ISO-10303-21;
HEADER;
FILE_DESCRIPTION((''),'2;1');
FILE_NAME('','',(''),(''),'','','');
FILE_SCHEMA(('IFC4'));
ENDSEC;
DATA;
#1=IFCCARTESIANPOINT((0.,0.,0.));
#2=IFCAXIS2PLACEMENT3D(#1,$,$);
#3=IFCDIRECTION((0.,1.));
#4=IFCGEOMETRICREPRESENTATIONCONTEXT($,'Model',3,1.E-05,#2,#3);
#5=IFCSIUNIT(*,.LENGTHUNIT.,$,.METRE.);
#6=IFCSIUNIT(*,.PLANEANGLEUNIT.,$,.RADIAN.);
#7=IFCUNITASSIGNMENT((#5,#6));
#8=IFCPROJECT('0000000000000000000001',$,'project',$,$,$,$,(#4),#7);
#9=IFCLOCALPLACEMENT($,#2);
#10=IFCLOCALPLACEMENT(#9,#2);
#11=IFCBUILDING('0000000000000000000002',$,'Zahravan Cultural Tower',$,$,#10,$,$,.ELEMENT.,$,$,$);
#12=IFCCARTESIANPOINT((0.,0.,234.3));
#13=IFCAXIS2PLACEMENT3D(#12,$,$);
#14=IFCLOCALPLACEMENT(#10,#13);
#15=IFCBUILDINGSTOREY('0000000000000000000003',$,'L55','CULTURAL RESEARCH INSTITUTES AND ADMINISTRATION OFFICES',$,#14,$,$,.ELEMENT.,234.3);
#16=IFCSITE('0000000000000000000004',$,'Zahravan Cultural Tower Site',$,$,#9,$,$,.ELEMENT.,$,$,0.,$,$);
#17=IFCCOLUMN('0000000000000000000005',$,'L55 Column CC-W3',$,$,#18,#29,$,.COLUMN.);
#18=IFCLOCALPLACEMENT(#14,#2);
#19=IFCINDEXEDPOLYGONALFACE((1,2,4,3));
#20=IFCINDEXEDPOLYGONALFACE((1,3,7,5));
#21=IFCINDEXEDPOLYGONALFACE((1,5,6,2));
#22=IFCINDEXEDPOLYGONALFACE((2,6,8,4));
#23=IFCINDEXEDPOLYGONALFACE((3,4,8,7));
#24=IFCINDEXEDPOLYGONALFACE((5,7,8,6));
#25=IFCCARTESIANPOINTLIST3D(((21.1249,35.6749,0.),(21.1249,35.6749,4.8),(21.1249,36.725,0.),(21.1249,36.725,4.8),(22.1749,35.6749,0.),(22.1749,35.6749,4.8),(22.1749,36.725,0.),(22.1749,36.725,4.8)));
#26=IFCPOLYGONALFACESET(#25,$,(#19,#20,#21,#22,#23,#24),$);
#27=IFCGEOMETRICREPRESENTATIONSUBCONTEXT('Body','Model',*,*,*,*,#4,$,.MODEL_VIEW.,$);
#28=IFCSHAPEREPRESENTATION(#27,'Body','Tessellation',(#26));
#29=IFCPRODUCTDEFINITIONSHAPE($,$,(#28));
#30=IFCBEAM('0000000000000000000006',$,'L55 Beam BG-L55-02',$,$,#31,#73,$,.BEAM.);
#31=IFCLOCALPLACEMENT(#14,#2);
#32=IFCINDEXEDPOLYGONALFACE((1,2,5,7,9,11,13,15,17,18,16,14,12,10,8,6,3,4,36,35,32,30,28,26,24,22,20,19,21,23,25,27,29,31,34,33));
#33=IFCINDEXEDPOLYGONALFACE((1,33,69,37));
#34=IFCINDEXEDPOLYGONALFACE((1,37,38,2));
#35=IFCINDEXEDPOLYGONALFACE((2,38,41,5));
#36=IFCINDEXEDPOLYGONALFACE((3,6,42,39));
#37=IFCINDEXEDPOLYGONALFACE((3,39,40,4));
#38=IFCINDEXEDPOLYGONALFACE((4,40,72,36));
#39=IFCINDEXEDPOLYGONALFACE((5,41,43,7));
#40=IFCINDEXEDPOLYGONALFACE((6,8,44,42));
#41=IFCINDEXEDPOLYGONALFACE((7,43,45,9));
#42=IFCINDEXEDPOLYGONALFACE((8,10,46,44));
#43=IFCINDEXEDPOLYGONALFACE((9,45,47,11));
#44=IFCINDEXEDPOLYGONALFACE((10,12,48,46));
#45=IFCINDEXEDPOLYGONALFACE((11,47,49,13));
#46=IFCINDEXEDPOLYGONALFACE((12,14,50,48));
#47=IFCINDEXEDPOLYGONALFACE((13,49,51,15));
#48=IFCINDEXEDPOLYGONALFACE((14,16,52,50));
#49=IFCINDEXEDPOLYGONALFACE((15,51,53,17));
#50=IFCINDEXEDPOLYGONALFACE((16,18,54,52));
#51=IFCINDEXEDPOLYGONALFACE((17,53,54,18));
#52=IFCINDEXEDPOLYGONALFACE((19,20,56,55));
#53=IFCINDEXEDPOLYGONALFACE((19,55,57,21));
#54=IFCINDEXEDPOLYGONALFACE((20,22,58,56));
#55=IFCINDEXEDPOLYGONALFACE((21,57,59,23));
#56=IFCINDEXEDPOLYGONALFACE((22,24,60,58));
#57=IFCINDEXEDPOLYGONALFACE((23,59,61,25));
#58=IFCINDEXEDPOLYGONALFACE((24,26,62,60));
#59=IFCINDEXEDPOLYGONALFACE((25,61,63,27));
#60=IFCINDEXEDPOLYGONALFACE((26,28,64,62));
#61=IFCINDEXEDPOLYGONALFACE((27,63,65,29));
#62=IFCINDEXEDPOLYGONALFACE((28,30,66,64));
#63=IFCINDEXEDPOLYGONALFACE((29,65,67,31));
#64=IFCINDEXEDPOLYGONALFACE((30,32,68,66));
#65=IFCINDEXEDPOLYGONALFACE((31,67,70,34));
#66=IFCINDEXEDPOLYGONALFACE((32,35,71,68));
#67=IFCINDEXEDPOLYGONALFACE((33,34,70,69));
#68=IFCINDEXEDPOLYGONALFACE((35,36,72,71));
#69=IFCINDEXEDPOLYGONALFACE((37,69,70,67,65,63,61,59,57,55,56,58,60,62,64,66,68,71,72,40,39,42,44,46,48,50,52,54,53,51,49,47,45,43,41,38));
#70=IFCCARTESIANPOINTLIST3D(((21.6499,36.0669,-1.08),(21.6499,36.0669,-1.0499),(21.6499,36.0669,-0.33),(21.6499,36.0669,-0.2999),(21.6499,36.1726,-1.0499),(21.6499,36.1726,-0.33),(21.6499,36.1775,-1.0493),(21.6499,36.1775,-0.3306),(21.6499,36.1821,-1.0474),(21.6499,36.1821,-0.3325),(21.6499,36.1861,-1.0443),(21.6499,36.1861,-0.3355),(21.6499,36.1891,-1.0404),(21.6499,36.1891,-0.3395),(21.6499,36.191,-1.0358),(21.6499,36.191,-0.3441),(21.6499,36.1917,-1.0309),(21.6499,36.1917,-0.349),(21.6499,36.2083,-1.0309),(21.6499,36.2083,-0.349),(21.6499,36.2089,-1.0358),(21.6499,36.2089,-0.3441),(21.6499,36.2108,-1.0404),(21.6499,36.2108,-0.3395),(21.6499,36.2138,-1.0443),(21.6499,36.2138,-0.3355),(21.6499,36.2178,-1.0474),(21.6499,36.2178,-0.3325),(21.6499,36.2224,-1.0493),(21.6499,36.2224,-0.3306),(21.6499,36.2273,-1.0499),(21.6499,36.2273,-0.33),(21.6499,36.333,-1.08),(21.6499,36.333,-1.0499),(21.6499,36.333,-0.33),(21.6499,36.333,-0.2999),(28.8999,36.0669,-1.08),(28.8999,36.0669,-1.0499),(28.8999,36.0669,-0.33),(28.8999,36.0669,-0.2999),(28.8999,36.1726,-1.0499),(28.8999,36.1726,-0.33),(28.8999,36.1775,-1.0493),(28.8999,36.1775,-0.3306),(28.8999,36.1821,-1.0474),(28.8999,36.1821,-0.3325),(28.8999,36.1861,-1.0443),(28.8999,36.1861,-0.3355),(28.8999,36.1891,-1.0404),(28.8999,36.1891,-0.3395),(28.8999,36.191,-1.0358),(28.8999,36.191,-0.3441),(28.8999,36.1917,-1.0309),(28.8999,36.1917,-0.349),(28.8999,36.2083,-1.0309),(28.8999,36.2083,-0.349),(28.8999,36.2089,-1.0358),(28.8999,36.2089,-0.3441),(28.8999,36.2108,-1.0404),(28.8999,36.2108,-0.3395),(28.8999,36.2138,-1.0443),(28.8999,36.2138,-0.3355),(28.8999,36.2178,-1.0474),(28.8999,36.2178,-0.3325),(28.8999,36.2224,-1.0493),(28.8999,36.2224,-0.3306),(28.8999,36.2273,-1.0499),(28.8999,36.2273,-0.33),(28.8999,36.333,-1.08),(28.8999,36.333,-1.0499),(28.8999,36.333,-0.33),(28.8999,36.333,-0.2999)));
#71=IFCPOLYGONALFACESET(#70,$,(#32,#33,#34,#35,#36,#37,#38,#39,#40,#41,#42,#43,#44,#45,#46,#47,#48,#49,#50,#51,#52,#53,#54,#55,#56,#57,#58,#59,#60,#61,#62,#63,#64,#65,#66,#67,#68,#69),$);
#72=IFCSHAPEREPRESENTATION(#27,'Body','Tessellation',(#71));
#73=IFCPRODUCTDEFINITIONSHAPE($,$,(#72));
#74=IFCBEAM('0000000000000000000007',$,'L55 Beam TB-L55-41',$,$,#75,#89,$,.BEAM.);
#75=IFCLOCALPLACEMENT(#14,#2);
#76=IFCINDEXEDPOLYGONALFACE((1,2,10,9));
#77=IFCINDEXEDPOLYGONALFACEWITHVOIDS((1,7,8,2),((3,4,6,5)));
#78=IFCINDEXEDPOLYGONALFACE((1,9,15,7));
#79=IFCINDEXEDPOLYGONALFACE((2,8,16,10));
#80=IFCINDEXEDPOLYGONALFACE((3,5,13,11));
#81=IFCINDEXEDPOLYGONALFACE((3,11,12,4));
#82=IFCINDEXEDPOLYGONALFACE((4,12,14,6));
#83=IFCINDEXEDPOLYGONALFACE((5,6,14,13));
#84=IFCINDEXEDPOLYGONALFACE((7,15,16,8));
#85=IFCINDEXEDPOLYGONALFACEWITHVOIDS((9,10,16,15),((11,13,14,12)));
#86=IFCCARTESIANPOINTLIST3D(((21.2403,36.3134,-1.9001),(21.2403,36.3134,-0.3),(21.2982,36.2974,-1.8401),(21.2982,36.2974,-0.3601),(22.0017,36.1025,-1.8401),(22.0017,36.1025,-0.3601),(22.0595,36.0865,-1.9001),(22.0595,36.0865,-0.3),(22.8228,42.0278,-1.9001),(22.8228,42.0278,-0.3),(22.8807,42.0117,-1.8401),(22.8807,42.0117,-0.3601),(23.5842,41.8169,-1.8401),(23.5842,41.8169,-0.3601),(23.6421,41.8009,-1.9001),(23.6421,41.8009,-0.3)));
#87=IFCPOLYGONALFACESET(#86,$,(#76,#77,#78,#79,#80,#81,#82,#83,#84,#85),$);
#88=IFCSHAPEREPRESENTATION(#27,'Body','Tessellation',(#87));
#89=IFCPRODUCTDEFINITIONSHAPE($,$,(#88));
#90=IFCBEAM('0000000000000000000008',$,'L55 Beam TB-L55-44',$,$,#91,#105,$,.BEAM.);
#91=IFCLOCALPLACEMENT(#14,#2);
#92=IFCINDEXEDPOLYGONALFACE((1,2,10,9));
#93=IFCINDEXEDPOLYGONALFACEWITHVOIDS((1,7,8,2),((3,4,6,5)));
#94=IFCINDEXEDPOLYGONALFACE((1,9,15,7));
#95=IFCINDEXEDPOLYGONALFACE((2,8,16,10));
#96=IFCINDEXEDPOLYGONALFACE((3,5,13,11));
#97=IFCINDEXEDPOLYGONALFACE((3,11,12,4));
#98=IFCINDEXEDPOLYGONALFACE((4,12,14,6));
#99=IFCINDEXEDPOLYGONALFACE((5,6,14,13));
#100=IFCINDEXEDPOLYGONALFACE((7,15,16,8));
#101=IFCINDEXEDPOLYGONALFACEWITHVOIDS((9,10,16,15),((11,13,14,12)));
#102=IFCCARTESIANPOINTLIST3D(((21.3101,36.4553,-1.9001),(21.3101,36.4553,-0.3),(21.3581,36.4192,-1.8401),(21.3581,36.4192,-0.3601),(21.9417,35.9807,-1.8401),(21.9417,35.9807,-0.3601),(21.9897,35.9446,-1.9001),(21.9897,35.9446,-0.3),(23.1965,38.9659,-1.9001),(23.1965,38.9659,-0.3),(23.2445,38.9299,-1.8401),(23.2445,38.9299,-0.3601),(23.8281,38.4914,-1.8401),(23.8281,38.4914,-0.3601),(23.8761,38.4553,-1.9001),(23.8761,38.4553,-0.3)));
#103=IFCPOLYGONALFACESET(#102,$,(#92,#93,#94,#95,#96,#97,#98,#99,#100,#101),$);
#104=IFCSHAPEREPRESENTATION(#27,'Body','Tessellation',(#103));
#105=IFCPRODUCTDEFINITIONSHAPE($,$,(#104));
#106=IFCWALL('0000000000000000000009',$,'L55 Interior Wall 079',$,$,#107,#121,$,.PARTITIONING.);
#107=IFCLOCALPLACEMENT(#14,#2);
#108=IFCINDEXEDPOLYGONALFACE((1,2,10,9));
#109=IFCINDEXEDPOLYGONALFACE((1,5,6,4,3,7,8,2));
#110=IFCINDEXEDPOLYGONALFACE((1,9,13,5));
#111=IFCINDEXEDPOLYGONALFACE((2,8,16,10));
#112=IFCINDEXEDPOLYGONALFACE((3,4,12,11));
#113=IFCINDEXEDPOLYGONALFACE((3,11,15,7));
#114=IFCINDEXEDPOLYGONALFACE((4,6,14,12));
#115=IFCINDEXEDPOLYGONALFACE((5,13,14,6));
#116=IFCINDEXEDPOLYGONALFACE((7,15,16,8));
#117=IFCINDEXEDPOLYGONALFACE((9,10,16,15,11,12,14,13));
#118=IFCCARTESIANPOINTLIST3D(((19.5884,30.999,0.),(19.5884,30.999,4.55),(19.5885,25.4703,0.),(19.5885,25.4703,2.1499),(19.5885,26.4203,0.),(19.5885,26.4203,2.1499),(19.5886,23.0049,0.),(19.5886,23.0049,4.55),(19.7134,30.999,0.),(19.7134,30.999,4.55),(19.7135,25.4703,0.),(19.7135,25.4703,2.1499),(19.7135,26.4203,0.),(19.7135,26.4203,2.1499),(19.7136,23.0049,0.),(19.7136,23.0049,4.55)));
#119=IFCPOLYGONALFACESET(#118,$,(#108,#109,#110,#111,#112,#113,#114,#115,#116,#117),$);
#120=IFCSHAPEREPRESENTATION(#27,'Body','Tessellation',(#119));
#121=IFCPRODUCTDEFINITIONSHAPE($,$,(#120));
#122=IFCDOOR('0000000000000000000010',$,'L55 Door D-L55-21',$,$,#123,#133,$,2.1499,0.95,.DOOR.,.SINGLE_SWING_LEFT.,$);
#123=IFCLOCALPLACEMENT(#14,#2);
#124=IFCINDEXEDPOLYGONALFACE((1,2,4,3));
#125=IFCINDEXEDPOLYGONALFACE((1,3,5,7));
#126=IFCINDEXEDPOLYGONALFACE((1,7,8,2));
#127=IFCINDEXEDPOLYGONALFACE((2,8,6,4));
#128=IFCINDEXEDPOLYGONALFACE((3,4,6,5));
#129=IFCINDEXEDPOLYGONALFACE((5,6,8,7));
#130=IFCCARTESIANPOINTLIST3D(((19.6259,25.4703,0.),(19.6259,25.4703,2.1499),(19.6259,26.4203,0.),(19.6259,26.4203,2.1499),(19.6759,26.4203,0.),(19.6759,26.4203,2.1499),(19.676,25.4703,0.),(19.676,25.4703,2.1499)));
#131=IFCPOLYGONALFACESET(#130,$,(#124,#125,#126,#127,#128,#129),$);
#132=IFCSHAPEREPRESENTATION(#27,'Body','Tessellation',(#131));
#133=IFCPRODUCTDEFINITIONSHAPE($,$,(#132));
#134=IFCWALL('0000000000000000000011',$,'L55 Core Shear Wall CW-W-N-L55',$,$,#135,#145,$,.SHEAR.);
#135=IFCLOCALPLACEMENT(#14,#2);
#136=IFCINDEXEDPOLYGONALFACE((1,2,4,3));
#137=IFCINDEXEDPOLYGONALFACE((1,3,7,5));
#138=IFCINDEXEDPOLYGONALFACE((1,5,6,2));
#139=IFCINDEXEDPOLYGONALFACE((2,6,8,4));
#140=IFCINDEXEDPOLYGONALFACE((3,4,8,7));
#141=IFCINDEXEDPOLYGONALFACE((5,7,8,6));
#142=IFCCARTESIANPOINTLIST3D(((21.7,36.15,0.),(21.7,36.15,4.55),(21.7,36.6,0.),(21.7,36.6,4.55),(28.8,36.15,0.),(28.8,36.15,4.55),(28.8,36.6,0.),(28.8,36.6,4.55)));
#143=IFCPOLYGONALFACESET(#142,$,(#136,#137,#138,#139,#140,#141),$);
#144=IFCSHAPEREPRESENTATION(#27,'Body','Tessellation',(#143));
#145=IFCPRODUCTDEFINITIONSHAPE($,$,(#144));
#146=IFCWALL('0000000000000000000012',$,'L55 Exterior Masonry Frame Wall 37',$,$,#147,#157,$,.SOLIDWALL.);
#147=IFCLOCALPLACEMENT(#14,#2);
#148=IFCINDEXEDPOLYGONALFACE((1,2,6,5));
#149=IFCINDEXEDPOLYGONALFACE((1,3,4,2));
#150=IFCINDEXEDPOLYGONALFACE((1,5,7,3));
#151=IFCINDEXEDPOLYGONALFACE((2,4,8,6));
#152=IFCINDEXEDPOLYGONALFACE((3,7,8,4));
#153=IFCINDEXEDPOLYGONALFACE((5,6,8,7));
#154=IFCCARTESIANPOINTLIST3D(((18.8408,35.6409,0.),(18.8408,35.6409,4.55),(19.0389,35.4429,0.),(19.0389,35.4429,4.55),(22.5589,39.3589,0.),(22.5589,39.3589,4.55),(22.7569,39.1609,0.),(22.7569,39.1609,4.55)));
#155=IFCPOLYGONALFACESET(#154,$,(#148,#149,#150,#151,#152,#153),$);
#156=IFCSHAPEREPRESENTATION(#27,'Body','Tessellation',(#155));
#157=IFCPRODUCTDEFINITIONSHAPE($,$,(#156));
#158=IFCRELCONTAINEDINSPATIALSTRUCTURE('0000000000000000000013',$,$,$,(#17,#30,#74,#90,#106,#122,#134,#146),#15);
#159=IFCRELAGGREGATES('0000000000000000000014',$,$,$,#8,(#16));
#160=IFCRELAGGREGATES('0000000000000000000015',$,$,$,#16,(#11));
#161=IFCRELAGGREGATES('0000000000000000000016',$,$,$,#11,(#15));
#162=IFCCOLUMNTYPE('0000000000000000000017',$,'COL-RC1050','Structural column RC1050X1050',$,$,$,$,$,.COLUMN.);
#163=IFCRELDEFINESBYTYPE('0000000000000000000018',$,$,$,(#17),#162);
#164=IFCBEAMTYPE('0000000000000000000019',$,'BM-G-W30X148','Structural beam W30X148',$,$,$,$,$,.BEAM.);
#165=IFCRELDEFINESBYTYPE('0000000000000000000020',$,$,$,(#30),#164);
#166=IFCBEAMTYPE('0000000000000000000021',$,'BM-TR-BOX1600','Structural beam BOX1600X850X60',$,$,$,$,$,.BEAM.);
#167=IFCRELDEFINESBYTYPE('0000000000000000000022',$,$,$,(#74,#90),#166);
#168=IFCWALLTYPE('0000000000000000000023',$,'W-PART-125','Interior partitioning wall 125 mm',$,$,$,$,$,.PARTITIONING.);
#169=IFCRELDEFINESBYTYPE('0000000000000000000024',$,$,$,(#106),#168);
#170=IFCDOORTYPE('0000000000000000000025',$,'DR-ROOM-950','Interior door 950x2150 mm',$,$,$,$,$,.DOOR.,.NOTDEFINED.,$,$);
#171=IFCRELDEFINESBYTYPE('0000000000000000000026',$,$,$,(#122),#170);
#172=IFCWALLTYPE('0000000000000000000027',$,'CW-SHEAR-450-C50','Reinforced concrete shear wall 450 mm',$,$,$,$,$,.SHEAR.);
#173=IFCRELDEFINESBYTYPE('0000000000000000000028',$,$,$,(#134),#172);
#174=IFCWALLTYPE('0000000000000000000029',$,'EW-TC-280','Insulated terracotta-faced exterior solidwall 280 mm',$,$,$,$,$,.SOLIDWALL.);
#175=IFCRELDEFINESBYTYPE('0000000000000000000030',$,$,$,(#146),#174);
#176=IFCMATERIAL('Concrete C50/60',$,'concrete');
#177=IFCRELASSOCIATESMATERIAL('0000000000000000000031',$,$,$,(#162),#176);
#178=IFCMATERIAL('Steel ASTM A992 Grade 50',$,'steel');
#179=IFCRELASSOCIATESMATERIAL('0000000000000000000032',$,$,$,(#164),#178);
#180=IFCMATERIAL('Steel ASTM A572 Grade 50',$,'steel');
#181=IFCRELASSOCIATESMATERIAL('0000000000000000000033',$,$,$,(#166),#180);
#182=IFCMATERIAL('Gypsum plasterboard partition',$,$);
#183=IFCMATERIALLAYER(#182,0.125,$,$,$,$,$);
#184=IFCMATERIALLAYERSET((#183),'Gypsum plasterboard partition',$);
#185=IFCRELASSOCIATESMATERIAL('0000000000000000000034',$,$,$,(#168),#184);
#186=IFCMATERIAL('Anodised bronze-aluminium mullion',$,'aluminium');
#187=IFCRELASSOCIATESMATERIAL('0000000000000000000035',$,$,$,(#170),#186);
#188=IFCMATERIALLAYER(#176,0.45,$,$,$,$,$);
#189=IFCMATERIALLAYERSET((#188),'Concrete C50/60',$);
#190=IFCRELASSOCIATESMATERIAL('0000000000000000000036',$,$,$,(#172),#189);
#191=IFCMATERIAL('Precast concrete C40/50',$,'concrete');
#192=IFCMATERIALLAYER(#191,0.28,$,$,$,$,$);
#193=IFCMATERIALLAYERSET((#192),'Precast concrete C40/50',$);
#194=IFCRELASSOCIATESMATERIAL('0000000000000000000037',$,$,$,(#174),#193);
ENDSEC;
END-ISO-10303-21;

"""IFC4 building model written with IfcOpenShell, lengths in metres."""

from ifc_helpers import new_model, si_unit, direction, frame, frame_2d, origin, origin_2d, place, context, subcontext, project, spatial, rectangle, hollow_rectangle, i_section, extrude, source, transform, mapped, material, layer, layer_set, material_profile, profile_set, type_object, element, fill, save


model = new_model("IFC4")

# Units and contexts
model_context = context("Model", 3, precision=1e-05, world=origin(), true_north=direction((0.0, 1.0)))
body_context = subcontext(model_context, "Body", "Model", "MODEL_VIEW")
ifc_project = project(units=[si_unit("LENGTHUNIT", "METRE"), si_unit("PLANEANGLEUNIT", "RADIAN")], contexts=[model_context])

# Site, building, storey
site_placement = place(None, origin())
site = spatial("IfcSite", under=ifc_project, at=site_placement, Name="Zahravan Cultural Tower Site", CompositionType="ELEMENT", RefElevation=0.0)
building_placement = place(site_placement, origin())
building = spatial("IfcBuilding", under=site, at=building_placement, Name="Zahravan Cultural Tower", CompositionType="ELEMENT")
storey_placement = place(building_placement, frame((0.0, 0.0, 234.3)))
storey = spatial("IfcBuildingStorey", under=building, at=storey_placement, Name="L55", Description="CULTURAL RESEARCH INSTITUTES AND ADMINISTRATION OFFICES", CompositionType="ELEMENT", Elevation=234.3)

# Column
ifc_material_1 = material(Name="Concrete C50/60", Category="concrete")
ifc_material_profile_1 = material_profile(ifc_material_1, rectangle(XDim=1.05, YDim=1.05, at=origin_2d()), Name="RC1050X1050")
ifc_profile_set_1 = profile_set([ifc_material_profile_1], Name="Concrete C50/60")
column_type = type_object("IfcColumnType", Name="COL-RC1050", Description="Structural column RC1050X1050", PredefinedType="COLUMN", material=ifc_profile_set_1)
shared_shape_1 = source(origin(), body_context, "Body", "SweptSolid", [
    extrude(rectangle(XDim=1.05, YDim=1.05, at=origin_2d()), origin(), (0.0, 0.0, 1.0), 4.8),
])
column_placement = place(storey_placement, frame((21.6499, 36.2, 0.0), z_axis=(0.0, 0.0, 1.0), x_axis=(1.0, 0.0, 0.0)))
element("IfcColumn", 1, at=column_placement, inside=storey, type_object=column_type, Name="L55 Column CC-W3", PredefinedType="COLUMN", context=body_context, shape_type="MappedRepresentation", body=[
    mapped(shared_shape_1, transform((0.0, 0.0, 0.0), x_axis=(1.0, 0.0, 0.0), y_axis=(0.0, 1.0, 0.0), z_axis=(0.0, 0.0, 1.0), scale=1.0)),
])

# Beams
ifc_material_2 = material(Name="Steel ASTM A992 Grade 50", Category="steel")
ifc_material_profile_2 = material_profile(ifc_material_2, i_section(OverallWidth=0.2661, OverallDepth=0.78, WebThickness=0.0166, FlangeThickness=0.03, FilletRadius=0.019, at=origin_2d()), Name="W30X148")
ifc_profile_set_2 = profile_set([ifc_material_profile_2], Name="Steel ASTM A992 Grade 50")
beam_type_1 = type_object("IfcBeamType", Name="BM-G-W30X148", Description="Structural beam W30X148", PredefinedType="BEAM", material=ifc_profile_set_2)
shared_shape_2 = source(origin(), body_context, "Body", "SweptSolid", [
    extrude(i_section(OverallWidth=0.2661, OverallDepth=0.78, WebThickness=0.0166, FlangeThickness=0.03, FilletRadius=0.019, at=origin_2d()), origin(), (0.0, 0.0, 1.0), 7.25),
])
beam_1_placement = place(storey_placement, frame((21.6499, 36.2, -0.6899), z_axis=(1.0, 0.0, 0.0), x_axis=(0.0, 1.0, 0.0)))
element("IfcBeam", 2, at=beam_1_placement, inside=storey, type_object=beam_type_1, Name="L55 Beam BG-L55-02", PredefinedType="BEAM", context=body_context, shape_type="MappedRepresentation", body=[
    mapped(shared_shape_2, transform((0.0, 0.0, 0.0), x_axis=(1.0, 0.0, 0.0), y_axis=(0.0, 1.0, 0.0), z_axis=(0.0, 0.0, 1.0), scale=1.0)),
])
ifc_material_3 = material(Name="Steel ASTM A572 Grade 50", Category="steel")
ifc_material_profile_3 = material_profile(ifc_material_3, hollow_rectangle(XDim=0.8501, YDim=1.6001, WallThickness=0.0601, at=origin_2d()), Name="BOX1600X850X60")
ifc_profile_set_3 = profile_set([ifc_material_profile_3], Name="Steel ASTM A572 Grade 50")
beam_type_2 = type_object("IfcBeamType", Name="BM-TR-BOX1600", Description="Structural beam BOX1600X850X60", PredefinedType="BEAM", material=ifc_profile_set_3)
shared_shape_3 = source(origin(), body_context, "Body", "SweptSolid", [
    extrude(hollow_rectangle(XDim=0.8501, YDim=1.6001, WallThickness=0.0601, at=origin_2d()), origin(), (0.0, 0.0, 1.0), 5.9294),
])
beam_2_placement = place(storey_placement, frame((21.6499, 36.2, -1.1001), z_axis=(0.266892, 0.963726, 0.0), x_axis=(-0.963726, 0.266892, 0.0)))
element("IfcBeam", 3, at=beam_2_placement, inside=storey, type_object=beam_type_2, Name="L55 Beam TB-L55-41", PredefinedType="BEAM", context=body_context, shape_type="MappedRepresentation", body=[
    mapped(shared_shape_3, transform((0.0, 0.0, 0.0), x_axis=(1.0, 0.0, 0.0), y_axis=(0.0, 1.0, 0.0), z_axis=(0.0, 0.0, 1.0), scale=1.0)),
])
shared_shape_4 = source(origin(), body_context, "Body", "SweptSolid", [
    extrude(hollow_rectangle(XDim=0.8501, YDim=1.6001, WallThickness=0.0601, at=origin_2d()), origin(), (0.0, 0.0, 1.0), 3.1404),
])
beam_3_placement = place(storey_placement, frame((21.6499, 36.2, -1.1001), z_axis=(0.600696, 0.799477, 0.0), x_axis=(-0.799477, 0.600696, 0.0)))
element("IfcBeam", 4, at=beam_3_placement, inside=storey, type_object=beam_type_2, Name="L55 Beam TB-L55-44", PredefinedType="BEAM", context=body_context, shape_type="MappedRepresentation", body=[
    mapped(shared_shape_4, transform((0.0, 0.0, 0.0), x_axis=(1.0, 0.0, 0.0), y_axis=(0.0, 1.0, 0.0), z_axis=(0.0, 0.0, 1.0), scale=1.0)),
])

# Wall, opening, door
ifc_material_4 = material(Name="Gypsum plasterboard partition")
ifc_layer_1 = layer(ifc_material_4, 0.125)
ifc_layer_set_1 = layer_set([ifc_layer_1], Name="Gypsum plasterboard partition")
wall_type_1 = type_object("IfcWallType", Name="W-PART-125", Description="Interior partitioning wall 125 mm", PredefinedType="PARTITIONING", material=ifc_layer_set_1)
wall_1_placement = place(storey_placement, frame((19.6509, 30.999, 0.0), z_axis=(0.0, 0.0, 1.0), x_axis=(0.000031, -1.0, 0.0)))
wall_1 = element("IfcWall", 5, at=wall_1_placement, inside=storey, type_object=wall_type_1, Name="L55 Interior Wall 079", PredefinedType="PARTITIONING", context=body_context, shape_type="SweptSolid", body=[
    extrude(rectangle(XDim=7.9941, YDim=0.125, at=frame_2d((3.9971, 0.0))), origin(), (0.0, 0.0, 1.0), 4.55),
])
opening_placement = place(wall_1_placement, frame((4.5786, 0.0, 0.0)))
opening = element("IfcOpeningElement", 6, at=opening_placement, cuts=wall_1, PredefinedType="OPENING", context=body_context, shape_type="SweptSolid", body=[
    extrude(rectangle(XDim=0.95, YDim=2.1499, at=frame_2d((0.4751, 1.075))), frame((0.0, 0.0725, 0.0), z_axis=(0.0, -1.0, 0.0), x_axis=(1.0, 0.0, 0.0)), (0.0, 0.0, 1.0), 0.145),
])
ifc_material_5 = material(Name="Anodised bronze-aluminium mullion", Category="aluminium")
door_type = type_object("IfcDoorType", Name="DR-ROOM-950", Description="Interior door 950x2150 mm", OperationType="NOTDEFINED", PredefinedType="DOOR", material=ifc_material_5)
shared_shape_5 = source(origin(), body_context, "Body", "SweptSolid", [
    extrude(rectangle(XDim=0.95, YDim=2.1499, at=frame_2d((0.4751, 1.075))), frame((0.0, 0.0249, 0.0), z_axis=(0.0, -1.0, 0.0), x_axis=(1.0, 0.0, 0.0)), (0.0, 0.0, 1.0), 0.05),
])
door_placement = place(opening_placement, origin())
door = element("IfcDoor", 7, at=door_placement, inside=storey, type_object=door_type, Name="L55 Door D-L55-21", OperationType="SINGLE_SWING_LEFT", OverallHeight=2.1499, OverallWidth=0.95, PredefinedType="DOOR", context=body_context, shape_type="MappedRepresentation", body=[
    mapped(shared_shape_5, transform((0.0, 0.0, 0.0), x_axis=(1.0, 0.0, 0.0), y_axis=(0.0, 1.0, 0.0), z_axis=(0.0, 0.0, 1.0), scale=1.0)),
])
fill(opening, door)

# Walls
ifc_layer_2 = layer(ifc_material_1, 0.45)
ifc_layer_set_2 = layer_set([ifc_layer_2], Name="Concrete C50/60")
wall_type_2 = type_object("IfcWallType", Name="CW-SHEAR-450-C50", Description="Reinforced concrete shear wall 450 mm", PredefinedType="SHEAR", material=ifc_layer_set_2)
shared_shape_6 = source(origin(), body_context, "Body", "SweptSolid", [
    extrude(rectangle(XDim=7.1001, YDim=0.45, at=frame_2d((3.55, 0.0))), origin(), (0.0, 0.0, 1.0), 4.55),
])
wall_2_placement = place(storey_placement, frame((21.7, 36.375, 0.0), z_axis=(0.0, 0.0, 1.0), x_axis=(1.0, 0.0, 0.0)))
element("IfcWall", 8, at=wall_2_placement, inside=storey, type_object=wall_type_2, Name="L55 Core Shear Wall CW-W-N-L55", PredefinedType="SHEAR", context=body_context, shape_type="MappedRepresentation", body=[
    mapped(shared_shape_6, transform((0.0, 0.0, 0.0), x_axis=(1.0, 0.0, 0.0), y_axis=(0.0, 1.0, 0.0), z_axis=(0.0, 0.0, 1.0), scale=1.0)),
])
ifc_material_6 = material(Name="Precast concrete C40/50", Category="concrete")
ifc_layer_3 = layer(ifc_material_6, 0.28)
ifc_layer_set_3 = layer_set([ifc_layer_3], Name="Precast concrete C40/50")
wall_type_3 = type_object("IfcWallType", Name="EW-TC-280", Description="Insulated terracotta-faced exterior solidwall 280 mm", PredefinedType="SOLIDWALL", material=ifc_layer_set_3)
shared_shape_7 = source(origin(), body_context, "Body", "SweptSolid", [
    extrude(rectangle(XDim=5.2581, YDim=0.28, at=frame_2d((2.6289, 0.0))), origin(), (0.0, 0.0, 1.0), 4.55),
])
wall_3_placement = place(storey_placement, frame((18.9399, 35.542, 0.0), z_axis=(0.0, 0.0, 1.0), x_axis=(0.707107, 0.707107, 0.0)))
element("IfcWall", 9, at=wall_3_placement, inside=storey, type_object=wall_type_3, Name="L55 Exterior Masonry Frame Wall 37", PredefinedType="SOLIDWALL", context=body_context, shape_type="MappedRepresentation", body=[
    mapped(shared_shape_7, transform((0.0, 0.0, 0.0), x_axis=(1.0, 0.0, 0.0), y_axis=(0.0, 1.0, 0.0), z_axis=(0.0, 0.0, 1.0), scale=1.0)),
])

save(model, "model.ifc")
